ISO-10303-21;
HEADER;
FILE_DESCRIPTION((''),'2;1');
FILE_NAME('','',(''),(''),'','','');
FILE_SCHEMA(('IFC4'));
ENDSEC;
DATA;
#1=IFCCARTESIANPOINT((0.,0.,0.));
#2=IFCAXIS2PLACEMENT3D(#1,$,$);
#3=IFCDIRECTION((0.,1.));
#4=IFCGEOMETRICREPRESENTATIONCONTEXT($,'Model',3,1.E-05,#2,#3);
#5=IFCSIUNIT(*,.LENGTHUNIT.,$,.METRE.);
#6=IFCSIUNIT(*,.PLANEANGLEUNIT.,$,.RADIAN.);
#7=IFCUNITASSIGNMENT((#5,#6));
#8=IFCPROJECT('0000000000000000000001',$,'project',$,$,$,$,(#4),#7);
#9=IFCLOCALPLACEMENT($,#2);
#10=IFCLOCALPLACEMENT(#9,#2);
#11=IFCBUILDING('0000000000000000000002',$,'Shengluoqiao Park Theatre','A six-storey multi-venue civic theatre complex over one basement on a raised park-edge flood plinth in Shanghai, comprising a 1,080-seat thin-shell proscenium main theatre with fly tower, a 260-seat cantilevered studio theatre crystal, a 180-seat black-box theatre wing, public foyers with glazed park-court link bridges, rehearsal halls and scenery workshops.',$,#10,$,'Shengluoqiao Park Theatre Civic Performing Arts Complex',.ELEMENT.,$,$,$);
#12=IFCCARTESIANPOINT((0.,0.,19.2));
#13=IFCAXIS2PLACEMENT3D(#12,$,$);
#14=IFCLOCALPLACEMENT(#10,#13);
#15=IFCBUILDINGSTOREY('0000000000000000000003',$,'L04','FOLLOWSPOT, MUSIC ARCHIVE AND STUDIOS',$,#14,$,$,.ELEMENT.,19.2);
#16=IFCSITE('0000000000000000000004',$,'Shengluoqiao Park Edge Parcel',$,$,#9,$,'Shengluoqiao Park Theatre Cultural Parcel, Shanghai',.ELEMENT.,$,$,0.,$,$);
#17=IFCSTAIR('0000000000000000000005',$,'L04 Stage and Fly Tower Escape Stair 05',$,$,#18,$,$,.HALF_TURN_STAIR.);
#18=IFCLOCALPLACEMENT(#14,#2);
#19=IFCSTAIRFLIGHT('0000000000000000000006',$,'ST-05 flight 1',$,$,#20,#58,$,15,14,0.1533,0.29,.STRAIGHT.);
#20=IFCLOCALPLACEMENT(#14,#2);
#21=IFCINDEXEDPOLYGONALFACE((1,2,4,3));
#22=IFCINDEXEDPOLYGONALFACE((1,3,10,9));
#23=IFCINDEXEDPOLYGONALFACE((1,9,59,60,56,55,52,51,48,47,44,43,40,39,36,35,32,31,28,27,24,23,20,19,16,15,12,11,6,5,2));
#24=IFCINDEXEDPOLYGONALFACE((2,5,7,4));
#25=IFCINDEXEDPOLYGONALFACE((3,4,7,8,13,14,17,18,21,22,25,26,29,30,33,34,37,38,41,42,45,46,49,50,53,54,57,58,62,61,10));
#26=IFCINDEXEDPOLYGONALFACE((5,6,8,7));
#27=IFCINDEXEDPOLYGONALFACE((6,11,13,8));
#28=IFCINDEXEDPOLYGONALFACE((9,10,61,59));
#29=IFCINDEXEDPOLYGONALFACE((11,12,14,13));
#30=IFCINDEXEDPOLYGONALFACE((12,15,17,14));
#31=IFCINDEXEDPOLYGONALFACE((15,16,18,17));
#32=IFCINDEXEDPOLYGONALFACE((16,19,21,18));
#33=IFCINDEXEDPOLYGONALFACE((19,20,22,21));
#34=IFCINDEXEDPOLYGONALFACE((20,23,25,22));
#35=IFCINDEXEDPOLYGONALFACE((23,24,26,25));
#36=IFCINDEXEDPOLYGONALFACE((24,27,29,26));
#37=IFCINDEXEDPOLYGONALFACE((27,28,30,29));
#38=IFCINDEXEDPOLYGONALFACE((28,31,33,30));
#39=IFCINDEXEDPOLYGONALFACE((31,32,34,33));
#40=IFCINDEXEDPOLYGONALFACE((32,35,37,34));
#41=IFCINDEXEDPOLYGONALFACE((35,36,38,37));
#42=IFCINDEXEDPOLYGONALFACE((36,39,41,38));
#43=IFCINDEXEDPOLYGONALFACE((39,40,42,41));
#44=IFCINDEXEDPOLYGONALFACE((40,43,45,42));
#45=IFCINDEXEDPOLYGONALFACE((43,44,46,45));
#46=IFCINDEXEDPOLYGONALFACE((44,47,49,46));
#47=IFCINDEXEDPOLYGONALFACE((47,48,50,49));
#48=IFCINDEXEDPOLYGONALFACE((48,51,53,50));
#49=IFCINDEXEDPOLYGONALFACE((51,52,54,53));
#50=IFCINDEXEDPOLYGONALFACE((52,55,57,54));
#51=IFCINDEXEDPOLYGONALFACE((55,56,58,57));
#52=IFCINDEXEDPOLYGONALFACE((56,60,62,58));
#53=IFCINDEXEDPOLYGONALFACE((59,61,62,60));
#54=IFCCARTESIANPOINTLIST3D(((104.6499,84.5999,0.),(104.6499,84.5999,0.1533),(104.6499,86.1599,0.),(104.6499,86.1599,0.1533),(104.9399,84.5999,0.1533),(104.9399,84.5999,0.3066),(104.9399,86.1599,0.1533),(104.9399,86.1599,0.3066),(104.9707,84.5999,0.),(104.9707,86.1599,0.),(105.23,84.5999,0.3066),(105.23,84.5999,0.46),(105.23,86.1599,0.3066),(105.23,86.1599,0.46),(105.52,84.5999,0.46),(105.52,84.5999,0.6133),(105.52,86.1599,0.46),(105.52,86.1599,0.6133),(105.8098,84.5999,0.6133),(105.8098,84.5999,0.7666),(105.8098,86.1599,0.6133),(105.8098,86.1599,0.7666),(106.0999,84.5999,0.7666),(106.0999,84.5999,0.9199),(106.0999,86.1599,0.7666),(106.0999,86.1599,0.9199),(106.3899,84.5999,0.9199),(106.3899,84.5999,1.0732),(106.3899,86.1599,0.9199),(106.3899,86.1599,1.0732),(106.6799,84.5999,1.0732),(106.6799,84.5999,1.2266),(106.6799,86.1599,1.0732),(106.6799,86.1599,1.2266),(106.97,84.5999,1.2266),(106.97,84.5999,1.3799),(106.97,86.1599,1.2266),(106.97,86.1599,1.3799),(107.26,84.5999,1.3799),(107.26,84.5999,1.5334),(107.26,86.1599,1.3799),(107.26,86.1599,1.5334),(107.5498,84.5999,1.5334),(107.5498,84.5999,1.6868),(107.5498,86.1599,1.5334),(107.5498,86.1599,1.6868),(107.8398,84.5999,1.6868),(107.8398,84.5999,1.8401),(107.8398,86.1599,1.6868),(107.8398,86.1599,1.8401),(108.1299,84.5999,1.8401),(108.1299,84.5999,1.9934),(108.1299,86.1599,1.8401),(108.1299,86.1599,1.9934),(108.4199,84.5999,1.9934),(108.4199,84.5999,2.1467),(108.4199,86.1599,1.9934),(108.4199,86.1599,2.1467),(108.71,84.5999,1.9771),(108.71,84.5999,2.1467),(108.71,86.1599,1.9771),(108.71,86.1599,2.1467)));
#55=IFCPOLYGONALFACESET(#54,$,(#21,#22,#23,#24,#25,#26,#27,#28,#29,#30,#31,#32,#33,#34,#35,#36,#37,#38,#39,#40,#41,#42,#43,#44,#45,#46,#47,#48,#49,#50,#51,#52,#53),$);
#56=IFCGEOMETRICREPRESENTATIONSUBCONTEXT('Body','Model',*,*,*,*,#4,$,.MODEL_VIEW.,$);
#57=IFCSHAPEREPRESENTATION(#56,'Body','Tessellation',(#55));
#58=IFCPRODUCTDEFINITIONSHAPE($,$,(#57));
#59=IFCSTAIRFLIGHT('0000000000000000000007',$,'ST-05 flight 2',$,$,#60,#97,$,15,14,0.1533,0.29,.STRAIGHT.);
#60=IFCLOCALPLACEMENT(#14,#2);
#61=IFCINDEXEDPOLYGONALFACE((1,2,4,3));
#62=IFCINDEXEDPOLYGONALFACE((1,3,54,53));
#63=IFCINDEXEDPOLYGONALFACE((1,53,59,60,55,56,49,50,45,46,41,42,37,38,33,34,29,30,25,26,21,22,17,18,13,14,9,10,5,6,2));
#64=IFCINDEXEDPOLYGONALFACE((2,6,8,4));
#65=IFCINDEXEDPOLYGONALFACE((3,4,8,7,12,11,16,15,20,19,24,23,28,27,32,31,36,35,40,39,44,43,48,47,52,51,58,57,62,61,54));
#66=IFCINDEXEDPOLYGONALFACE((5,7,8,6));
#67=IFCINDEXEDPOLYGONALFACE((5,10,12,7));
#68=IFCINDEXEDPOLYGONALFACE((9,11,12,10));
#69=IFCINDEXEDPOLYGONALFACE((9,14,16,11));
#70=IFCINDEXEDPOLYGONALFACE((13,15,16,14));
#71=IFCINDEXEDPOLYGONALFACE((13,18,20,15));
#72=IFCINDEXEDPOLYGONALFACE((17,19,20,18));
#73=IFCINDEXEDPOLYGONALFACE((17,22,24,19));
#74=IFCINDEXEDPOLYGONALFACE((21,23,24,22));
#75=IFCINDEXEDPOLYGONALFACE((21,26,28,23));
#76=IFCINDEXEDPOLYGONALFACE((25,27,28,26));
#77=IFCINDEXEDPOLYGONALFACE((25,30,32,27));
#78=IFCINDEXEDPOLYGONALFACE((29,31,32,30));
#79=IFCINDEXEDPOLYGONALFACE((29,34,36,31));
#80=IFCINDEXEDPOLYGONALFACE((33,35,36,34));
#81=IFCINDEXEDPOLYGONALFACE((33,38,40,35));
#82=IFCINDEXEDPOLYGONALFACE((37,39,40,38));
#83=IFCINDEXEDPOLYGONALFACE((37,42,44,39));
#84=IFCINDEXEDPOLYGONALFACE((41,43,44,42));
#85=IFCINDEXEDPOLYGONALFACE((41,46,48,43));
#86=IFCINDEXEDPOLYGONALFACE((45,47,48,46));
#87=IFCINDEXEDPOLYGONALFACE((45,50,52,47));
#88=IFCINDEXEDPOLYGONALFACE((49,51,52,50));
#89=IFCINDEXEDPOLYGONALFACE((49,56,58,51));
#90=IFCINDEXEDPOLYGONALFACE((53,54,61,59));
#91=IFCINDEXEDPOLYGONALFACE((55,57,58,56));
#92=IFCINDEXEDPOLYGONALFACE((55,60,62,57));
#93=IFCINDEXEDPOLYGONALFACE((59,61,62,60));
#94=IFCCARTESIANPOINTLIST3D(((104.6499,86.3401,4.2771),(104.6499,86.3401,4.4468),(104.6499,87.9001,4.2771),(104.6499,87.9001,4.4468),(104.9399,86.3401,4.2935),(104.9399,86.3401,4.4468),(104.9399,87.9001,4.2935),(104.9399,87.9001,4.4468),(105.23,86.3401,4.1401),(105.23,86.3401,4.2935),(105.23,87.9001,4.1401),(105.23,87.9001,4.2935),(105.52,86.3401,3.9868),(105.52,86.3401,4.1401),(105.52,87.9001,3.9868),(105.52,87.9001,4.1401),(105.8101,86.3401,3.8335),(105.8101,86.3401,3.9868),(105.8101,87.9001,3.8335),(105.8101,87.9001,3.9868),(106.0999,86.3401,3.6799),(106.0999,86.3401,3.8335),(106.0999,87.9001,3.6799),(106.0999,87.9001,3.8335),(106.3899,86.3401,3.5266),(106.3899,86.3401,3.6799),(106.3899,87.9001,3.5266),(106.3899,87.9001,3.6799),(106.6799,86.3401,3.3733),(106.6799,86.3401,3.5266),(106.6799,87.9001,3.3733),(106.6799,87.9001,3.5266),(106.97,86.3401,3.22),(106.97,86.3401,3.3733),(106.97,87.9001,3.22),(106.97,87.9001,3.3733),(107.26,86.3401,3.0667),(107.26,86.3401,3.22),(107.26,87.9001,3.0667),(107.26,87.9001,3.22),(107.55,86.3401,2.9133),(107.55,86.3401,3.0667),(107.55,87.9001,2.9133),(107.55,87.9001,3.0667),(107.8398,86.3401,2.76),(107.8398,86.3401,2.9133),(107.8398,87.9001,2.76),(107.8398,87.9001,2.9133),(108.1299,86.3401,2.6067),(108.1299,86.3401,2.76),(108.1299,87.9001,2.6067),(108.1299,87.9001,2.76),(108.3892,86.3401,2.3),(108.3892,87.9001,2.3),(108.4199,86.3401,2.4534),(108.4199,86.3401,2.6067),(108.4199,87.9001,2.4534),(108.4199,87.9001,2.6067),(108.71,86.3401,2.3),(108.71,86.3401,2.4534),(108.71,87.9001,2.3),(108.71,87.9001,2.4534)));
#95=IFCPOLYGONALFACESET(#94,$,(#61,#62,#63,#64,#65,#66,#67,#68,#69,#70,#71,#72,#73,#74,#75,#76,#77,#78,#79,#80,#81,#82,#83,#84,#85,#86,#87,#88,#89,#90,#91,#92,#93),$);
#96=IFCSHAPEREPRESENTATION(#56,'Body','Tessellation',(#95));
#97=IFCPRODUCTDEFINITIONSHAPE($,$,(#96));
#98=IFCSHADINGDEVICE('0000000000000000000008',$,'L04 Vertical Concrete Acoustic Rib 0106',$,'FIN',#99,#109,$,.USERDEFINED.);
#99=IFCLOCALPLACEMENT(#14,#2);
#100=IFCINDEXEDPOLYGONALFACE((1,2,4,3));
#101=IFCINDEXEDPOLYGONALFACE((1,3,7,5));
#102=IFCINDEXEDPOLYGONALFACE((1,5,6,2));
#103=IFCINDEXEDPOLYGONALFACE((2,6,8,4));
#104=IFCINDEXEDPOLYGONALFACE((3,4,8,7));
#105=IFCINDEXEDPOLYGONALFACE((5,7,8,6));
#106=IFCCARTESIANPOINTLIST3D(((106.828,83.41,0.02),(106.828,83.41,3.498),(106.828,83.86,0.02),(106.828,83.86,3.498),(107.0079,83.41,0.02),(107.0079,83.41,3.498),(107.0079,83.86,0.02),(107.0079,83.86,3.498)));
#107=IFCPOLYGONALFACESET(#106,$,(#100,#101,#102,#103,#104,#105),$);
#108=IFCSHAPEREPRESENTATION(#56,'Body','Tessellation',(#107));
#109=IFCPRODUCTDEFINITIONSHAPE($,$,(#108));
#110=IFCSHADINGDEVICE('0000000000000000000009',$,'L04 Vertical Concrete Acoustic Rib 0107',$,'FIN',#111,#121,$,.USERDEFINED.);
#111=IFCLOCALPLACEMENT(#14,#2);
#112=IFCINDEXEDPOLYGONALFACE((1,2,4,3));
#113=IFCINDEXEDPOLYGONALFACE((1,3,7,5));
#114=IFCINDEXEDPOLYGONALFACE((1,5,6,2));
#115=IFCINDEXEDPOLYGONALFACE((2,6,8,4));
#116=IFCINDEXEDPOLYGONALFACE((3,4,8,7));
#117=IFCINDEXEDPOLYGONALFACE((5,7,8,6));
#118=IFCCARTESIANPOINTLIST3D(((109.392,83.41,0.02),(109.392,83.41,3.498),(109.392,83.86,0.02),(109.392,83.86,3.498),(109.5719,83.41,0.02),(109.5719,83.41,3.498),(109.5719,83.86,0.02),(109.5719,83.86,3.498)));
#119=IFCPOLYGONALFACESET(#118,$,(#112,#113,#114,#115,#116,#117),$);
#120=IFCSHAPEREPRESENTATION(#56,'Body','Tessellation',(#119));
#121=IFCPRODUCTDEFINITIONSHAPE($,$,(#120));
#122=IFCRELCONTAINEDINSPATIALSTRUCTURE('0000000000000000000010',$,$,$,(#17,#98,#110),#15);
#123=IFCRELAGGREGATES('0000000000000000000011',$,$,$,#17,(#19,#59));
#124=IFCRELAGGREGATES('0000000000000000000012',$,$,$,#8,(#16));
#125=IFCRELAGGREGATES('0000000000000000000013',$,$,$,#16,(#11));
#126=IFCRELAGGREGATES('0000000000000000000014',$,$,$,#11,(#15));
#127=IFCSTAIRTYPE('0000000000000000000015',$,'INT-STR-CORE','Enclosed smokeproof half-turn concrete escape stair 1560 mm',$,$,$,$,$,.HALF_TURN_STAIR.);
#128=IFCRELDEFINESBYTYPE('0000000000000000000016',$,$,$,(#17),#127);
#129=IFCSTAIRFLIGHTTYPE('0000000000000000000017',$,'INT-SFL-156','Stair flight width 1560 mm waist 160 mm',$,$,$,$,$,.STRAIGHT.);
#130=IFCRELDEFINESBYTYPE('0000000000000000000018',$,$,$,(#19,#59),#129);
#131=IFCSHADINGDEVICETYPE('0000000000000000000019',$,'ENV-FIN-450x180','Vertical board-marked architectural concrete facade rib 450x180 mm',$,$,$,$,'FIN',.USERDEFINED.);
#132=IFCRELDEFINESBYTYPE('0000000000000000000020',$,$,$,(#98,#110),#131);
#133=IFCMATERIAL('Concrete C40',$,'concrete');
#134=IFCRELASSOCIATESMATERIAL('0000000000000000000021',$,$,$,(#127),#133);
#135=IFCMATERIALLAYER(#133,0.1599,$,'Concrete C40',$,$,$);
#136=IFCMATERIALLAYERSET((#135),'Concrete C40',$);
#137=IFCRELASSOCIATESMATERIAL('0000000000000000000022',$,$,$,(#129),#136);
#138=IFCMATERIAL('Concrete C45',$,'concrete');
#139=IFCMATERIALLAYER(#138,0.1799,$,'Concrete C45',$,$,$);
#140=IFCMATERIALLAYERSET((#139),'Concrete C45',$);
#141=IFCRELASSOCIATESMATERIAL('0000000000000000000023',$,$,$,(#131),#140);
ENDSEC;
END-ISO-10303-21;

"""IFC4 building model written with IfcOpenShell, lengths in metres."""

from ifc_helpers import new_model, si_unit, direction, frame, origin, origin_2d, place, context, subcontext, project, spatial, polyline, rectangle, outline, extrude, material, layer, layer_set, type_object, element, aggregate, save


model = new_model("IFC4")

# Units and contexts
model_context = context("Model", 3, precision=1e-05, world=origin(), true_north=direction((0.0, 1.0)))
body_context = subcontext(model_context, "Body", "Model", "MODEL_VIEW")
ifc_project = project(units=[si_unit("LENGTHUNIT", "METRE"), si_unit("PLANEANGLEUNIT", "RADIAN")], contexts=[model_context])

# Site, building, storey
site_placement = place(None, origin())
site = spatial("IfcSite", under=ifc_project, at=site_placement, Name="Shengluoqiao Park Edge Parcel", LongName="Shengluoqiao Park Theatre Cultural Parcel, Shanghai", CompositionType="ELEMENT", RefElevation=0.0)
building_placement = place(site_placement, origin())
building = spatial("IfcBuilding", under=site, at=building_placement, Name="Shengluoqiao Park Theatre", Description="A six-storey multi-venue civic theatre complex over one basement on a raised park-edge flood plinth in Shanghai, comprising a 1,080-seat thin-shell proscenium main theatre with fly tower, a 260-seat cantilevered studio theatre crystal, a 180-seat black-box theatre wing, public foyers with glazed park-court link bridges, rehearsal halls and scenery workshops.", LongName="Shengluoqiao Park Theatre Civic Performing Arts Complex", CompositionType="ELEMENT")
storey_placement = place(building_placement, frame((0.0, 0.0, 19.2)))
storey = spatial("IfcBuildingStorey", under=building, at=storey_placement, Name="L04", Description="FOLLOWSPOT, MUSIC ARCHIVE AND STUDIOS", CompositionType="ELEMENT", Elevation=19.2)

# Shared definitions
ifc_material_1 = material(Name="Concrete C40", Category="concrete")

# Stair, stair flights
stair_type = type_object("IfcStairType", Name="INT-STR-CORE", Description="Enclosed smokeproof half-turn concrete escape stair 1560 mm", PredefinedType="HALF_TURN_STAIR", material=ifc_material_1)
stair_placement = place(storey_placement, origin())
stair = element("IfcStair", 1, at=stair_placement, inside=storey, type_object=stair_type, Name="L04 Stage and Fly Tower Escape Stair 05", PredefinedType="HALF_TURN_STAIR")
ifc_layer_1 = layer(ifc_material_1, 0.1599, Name="Concrete C40")
ifc_layer_set_1 = layer_set([ifc_layer_1], Name="Concrete C40")
stair_flight_type = type_object("IfcStairFlightType", Name="INT-SFL-156", Description="Stair flight width 1560 mm waist 160 mm", PredefinedType="STRAIGHT", material=ifc_layer_set_1)
stair_flight_1_placement = place(storey_placement, frame((104.6499, 85.3799, 0.0), z_axis=(0.0, 0.0, 1.0), x_axis=(1.0, 0.0, 0.0)))
stair_flight_1 = element("IfcStairFlight", 2, at=stair_flight_1_placement, type_object=stair_flight_type, Name="ST-05 flight 1", NumberOfRisers=15, NumberOfTreads=14, PredefinedType="STRAIGHT", RiserHeight=0.1533, TreadLength=0.29, context=body_context, shape_type="SweptSolid", body=[
    extrude(outline(polyline([(0.0, 0.0), (0.0, 0.1533), (0.29, 0.1533), (0.29, 0.3066), (0.5801, 0.3066), (0.5801, 0.46), (0.8701, 0.46), (0.8701, 0.6133), (1.1599, 0.6133), (1.1599, 0.7666), (1.45, 0.7666), (1.45, 0.9199), (1.74, 0.9199), (1.74, 1.0732), (2.03, 1.0732), (2.03, 1.2266), (2.3201, 1.2266), (2.3201, 1.3799), (2.6101, 1.3799), (2.6101, 1.5334), (2.8999, 1.5334), (2.8999, 1.6868), (3.1899, 1.6868), (3.1899, 1.8401), (3.48, 1.8401), (3.48, 1.9934), (3.77, 1.9934), (3.77, 2.1467), (4.0601, 2.1467), (4.0601, 2.3), (4.0601, 1.9771), (0.3208, 0.0), (0.0, 0.0)])), frame((0.0, 0.78, 0.0), z_axis=(0.0, -1.0, 0.0), x_axis=(1.0, 0.0, 0.0)), (0.0, 0.0, 1.0), 1.5601),
])
stair_flight_2_placement = place(storey_placement, frame((108.71, 87.1201, 2.3), z_axis=(0.0, 0.0, 1.0), x_axis=(-1.0, 0.0, 0.0)))
stair_flight_2 = element("IfcStairFlight", 3, at=stair_flight_2_placement, type_object=stair_flight_type, Name="ST-05 flight 2", NumberOfRisers=15, NumberOfTreads=14, PredefinedType="STRAIGHT", RiserHeight=0.1533, TreadLength=0.29, context=body_context, shape_type="SweptSolid", body=[
    extrude(outline(polyline([(0.0, 0.0), (0.0, 0.1533), (0.29, 0.1533), (0.29, 0.3066), (0.5801, 0.3066), (0.5801, 0.46), (0.8701, 0.46), (0.8701, 0.6133), (1.1599, 0.6133), (1.1599, 0.7666), (1.45, 0.7666), (1.45, 0.9199), (1.74, 0.9199), (1.74, 1.0732), (2.03, 1.0732), (2.03, 1.2266), (2.3201, 1.2266), (2.3201, 1.3799), (2.6101, 1.3799), (2.6101, 1.5334), (2.8999, 1.5334), (2.8999, 1.6868), (3.1899, 1.6868), (3.1899, 1.8401), (3.48, 1.8401), (3.48, 1.9934), (3.77, 1.9934), (3.77, 2.1467), (4.0601, 2.1467), (4.0601, 2.3), (4.0601, 1.9771), (0.3208, 0.0), (0.0, 0.0)])), frame((0.0, 0.78, 0.0), z_axis=(0.0, -1.0, 0.0), x_axis=(1.0, 0.0, 0.0)), (0.0, 0.0, 1.0), 1.5601),
])
aggregate(stair, [stair_flight_1, stair_flight_2])

# Shading devices
ifc_material_2 = material(Name="Concrete C45", Category="concrete")
ifc_layer_2 = layer(ifc_material_2, 0.1799, Name="Concrete C45")
ifc_layer_set_2 = layer_set([ifc_layer_2], Name="Concrete C45")
shading_device_type = type_object("IfcShadingDeviceType", Name="ENV-FIN-450x180", Description="Vertical board-marked architectural concrete facade rib 450x180 mm", ElementType="FIN", PredefinedType="USERDEFINED", material=ifc_layer_set_2)
for number, where, z_axis, x_axis, name in (
    (4, (106.918, 83.635, 0.02), (0.0, 0.0, 1.0), (0.0, -1.0, 0.0), "L04 Vertical Concrete Acoustic Rib 0106"),
    (5, (109.4819, 83.635, 0.02), (0.0, 0.0, 1.0), (0.0, -1.0, 0.0), "L04 Vertical Concrete Acoustic Rib 0107"),
):
    element("IfcShadingDevice", number, at=place(storey_placement, frame(where, z_axis=z_axis, x_axis=x_axis)), inside=storey, type_object=shading_device_type, Name=name, ObjectType="FIN", PredefinedType="USERDEFINED", context=body_context, shape_type="SweptSolid", body=[
        extrude(rectangle(XDim=0.45, YDim=0.1799, at=origin_2d()), origin(), (0.0, 0.0, 1.0), 3.478),
    ])

save(model, "model.ifc")
